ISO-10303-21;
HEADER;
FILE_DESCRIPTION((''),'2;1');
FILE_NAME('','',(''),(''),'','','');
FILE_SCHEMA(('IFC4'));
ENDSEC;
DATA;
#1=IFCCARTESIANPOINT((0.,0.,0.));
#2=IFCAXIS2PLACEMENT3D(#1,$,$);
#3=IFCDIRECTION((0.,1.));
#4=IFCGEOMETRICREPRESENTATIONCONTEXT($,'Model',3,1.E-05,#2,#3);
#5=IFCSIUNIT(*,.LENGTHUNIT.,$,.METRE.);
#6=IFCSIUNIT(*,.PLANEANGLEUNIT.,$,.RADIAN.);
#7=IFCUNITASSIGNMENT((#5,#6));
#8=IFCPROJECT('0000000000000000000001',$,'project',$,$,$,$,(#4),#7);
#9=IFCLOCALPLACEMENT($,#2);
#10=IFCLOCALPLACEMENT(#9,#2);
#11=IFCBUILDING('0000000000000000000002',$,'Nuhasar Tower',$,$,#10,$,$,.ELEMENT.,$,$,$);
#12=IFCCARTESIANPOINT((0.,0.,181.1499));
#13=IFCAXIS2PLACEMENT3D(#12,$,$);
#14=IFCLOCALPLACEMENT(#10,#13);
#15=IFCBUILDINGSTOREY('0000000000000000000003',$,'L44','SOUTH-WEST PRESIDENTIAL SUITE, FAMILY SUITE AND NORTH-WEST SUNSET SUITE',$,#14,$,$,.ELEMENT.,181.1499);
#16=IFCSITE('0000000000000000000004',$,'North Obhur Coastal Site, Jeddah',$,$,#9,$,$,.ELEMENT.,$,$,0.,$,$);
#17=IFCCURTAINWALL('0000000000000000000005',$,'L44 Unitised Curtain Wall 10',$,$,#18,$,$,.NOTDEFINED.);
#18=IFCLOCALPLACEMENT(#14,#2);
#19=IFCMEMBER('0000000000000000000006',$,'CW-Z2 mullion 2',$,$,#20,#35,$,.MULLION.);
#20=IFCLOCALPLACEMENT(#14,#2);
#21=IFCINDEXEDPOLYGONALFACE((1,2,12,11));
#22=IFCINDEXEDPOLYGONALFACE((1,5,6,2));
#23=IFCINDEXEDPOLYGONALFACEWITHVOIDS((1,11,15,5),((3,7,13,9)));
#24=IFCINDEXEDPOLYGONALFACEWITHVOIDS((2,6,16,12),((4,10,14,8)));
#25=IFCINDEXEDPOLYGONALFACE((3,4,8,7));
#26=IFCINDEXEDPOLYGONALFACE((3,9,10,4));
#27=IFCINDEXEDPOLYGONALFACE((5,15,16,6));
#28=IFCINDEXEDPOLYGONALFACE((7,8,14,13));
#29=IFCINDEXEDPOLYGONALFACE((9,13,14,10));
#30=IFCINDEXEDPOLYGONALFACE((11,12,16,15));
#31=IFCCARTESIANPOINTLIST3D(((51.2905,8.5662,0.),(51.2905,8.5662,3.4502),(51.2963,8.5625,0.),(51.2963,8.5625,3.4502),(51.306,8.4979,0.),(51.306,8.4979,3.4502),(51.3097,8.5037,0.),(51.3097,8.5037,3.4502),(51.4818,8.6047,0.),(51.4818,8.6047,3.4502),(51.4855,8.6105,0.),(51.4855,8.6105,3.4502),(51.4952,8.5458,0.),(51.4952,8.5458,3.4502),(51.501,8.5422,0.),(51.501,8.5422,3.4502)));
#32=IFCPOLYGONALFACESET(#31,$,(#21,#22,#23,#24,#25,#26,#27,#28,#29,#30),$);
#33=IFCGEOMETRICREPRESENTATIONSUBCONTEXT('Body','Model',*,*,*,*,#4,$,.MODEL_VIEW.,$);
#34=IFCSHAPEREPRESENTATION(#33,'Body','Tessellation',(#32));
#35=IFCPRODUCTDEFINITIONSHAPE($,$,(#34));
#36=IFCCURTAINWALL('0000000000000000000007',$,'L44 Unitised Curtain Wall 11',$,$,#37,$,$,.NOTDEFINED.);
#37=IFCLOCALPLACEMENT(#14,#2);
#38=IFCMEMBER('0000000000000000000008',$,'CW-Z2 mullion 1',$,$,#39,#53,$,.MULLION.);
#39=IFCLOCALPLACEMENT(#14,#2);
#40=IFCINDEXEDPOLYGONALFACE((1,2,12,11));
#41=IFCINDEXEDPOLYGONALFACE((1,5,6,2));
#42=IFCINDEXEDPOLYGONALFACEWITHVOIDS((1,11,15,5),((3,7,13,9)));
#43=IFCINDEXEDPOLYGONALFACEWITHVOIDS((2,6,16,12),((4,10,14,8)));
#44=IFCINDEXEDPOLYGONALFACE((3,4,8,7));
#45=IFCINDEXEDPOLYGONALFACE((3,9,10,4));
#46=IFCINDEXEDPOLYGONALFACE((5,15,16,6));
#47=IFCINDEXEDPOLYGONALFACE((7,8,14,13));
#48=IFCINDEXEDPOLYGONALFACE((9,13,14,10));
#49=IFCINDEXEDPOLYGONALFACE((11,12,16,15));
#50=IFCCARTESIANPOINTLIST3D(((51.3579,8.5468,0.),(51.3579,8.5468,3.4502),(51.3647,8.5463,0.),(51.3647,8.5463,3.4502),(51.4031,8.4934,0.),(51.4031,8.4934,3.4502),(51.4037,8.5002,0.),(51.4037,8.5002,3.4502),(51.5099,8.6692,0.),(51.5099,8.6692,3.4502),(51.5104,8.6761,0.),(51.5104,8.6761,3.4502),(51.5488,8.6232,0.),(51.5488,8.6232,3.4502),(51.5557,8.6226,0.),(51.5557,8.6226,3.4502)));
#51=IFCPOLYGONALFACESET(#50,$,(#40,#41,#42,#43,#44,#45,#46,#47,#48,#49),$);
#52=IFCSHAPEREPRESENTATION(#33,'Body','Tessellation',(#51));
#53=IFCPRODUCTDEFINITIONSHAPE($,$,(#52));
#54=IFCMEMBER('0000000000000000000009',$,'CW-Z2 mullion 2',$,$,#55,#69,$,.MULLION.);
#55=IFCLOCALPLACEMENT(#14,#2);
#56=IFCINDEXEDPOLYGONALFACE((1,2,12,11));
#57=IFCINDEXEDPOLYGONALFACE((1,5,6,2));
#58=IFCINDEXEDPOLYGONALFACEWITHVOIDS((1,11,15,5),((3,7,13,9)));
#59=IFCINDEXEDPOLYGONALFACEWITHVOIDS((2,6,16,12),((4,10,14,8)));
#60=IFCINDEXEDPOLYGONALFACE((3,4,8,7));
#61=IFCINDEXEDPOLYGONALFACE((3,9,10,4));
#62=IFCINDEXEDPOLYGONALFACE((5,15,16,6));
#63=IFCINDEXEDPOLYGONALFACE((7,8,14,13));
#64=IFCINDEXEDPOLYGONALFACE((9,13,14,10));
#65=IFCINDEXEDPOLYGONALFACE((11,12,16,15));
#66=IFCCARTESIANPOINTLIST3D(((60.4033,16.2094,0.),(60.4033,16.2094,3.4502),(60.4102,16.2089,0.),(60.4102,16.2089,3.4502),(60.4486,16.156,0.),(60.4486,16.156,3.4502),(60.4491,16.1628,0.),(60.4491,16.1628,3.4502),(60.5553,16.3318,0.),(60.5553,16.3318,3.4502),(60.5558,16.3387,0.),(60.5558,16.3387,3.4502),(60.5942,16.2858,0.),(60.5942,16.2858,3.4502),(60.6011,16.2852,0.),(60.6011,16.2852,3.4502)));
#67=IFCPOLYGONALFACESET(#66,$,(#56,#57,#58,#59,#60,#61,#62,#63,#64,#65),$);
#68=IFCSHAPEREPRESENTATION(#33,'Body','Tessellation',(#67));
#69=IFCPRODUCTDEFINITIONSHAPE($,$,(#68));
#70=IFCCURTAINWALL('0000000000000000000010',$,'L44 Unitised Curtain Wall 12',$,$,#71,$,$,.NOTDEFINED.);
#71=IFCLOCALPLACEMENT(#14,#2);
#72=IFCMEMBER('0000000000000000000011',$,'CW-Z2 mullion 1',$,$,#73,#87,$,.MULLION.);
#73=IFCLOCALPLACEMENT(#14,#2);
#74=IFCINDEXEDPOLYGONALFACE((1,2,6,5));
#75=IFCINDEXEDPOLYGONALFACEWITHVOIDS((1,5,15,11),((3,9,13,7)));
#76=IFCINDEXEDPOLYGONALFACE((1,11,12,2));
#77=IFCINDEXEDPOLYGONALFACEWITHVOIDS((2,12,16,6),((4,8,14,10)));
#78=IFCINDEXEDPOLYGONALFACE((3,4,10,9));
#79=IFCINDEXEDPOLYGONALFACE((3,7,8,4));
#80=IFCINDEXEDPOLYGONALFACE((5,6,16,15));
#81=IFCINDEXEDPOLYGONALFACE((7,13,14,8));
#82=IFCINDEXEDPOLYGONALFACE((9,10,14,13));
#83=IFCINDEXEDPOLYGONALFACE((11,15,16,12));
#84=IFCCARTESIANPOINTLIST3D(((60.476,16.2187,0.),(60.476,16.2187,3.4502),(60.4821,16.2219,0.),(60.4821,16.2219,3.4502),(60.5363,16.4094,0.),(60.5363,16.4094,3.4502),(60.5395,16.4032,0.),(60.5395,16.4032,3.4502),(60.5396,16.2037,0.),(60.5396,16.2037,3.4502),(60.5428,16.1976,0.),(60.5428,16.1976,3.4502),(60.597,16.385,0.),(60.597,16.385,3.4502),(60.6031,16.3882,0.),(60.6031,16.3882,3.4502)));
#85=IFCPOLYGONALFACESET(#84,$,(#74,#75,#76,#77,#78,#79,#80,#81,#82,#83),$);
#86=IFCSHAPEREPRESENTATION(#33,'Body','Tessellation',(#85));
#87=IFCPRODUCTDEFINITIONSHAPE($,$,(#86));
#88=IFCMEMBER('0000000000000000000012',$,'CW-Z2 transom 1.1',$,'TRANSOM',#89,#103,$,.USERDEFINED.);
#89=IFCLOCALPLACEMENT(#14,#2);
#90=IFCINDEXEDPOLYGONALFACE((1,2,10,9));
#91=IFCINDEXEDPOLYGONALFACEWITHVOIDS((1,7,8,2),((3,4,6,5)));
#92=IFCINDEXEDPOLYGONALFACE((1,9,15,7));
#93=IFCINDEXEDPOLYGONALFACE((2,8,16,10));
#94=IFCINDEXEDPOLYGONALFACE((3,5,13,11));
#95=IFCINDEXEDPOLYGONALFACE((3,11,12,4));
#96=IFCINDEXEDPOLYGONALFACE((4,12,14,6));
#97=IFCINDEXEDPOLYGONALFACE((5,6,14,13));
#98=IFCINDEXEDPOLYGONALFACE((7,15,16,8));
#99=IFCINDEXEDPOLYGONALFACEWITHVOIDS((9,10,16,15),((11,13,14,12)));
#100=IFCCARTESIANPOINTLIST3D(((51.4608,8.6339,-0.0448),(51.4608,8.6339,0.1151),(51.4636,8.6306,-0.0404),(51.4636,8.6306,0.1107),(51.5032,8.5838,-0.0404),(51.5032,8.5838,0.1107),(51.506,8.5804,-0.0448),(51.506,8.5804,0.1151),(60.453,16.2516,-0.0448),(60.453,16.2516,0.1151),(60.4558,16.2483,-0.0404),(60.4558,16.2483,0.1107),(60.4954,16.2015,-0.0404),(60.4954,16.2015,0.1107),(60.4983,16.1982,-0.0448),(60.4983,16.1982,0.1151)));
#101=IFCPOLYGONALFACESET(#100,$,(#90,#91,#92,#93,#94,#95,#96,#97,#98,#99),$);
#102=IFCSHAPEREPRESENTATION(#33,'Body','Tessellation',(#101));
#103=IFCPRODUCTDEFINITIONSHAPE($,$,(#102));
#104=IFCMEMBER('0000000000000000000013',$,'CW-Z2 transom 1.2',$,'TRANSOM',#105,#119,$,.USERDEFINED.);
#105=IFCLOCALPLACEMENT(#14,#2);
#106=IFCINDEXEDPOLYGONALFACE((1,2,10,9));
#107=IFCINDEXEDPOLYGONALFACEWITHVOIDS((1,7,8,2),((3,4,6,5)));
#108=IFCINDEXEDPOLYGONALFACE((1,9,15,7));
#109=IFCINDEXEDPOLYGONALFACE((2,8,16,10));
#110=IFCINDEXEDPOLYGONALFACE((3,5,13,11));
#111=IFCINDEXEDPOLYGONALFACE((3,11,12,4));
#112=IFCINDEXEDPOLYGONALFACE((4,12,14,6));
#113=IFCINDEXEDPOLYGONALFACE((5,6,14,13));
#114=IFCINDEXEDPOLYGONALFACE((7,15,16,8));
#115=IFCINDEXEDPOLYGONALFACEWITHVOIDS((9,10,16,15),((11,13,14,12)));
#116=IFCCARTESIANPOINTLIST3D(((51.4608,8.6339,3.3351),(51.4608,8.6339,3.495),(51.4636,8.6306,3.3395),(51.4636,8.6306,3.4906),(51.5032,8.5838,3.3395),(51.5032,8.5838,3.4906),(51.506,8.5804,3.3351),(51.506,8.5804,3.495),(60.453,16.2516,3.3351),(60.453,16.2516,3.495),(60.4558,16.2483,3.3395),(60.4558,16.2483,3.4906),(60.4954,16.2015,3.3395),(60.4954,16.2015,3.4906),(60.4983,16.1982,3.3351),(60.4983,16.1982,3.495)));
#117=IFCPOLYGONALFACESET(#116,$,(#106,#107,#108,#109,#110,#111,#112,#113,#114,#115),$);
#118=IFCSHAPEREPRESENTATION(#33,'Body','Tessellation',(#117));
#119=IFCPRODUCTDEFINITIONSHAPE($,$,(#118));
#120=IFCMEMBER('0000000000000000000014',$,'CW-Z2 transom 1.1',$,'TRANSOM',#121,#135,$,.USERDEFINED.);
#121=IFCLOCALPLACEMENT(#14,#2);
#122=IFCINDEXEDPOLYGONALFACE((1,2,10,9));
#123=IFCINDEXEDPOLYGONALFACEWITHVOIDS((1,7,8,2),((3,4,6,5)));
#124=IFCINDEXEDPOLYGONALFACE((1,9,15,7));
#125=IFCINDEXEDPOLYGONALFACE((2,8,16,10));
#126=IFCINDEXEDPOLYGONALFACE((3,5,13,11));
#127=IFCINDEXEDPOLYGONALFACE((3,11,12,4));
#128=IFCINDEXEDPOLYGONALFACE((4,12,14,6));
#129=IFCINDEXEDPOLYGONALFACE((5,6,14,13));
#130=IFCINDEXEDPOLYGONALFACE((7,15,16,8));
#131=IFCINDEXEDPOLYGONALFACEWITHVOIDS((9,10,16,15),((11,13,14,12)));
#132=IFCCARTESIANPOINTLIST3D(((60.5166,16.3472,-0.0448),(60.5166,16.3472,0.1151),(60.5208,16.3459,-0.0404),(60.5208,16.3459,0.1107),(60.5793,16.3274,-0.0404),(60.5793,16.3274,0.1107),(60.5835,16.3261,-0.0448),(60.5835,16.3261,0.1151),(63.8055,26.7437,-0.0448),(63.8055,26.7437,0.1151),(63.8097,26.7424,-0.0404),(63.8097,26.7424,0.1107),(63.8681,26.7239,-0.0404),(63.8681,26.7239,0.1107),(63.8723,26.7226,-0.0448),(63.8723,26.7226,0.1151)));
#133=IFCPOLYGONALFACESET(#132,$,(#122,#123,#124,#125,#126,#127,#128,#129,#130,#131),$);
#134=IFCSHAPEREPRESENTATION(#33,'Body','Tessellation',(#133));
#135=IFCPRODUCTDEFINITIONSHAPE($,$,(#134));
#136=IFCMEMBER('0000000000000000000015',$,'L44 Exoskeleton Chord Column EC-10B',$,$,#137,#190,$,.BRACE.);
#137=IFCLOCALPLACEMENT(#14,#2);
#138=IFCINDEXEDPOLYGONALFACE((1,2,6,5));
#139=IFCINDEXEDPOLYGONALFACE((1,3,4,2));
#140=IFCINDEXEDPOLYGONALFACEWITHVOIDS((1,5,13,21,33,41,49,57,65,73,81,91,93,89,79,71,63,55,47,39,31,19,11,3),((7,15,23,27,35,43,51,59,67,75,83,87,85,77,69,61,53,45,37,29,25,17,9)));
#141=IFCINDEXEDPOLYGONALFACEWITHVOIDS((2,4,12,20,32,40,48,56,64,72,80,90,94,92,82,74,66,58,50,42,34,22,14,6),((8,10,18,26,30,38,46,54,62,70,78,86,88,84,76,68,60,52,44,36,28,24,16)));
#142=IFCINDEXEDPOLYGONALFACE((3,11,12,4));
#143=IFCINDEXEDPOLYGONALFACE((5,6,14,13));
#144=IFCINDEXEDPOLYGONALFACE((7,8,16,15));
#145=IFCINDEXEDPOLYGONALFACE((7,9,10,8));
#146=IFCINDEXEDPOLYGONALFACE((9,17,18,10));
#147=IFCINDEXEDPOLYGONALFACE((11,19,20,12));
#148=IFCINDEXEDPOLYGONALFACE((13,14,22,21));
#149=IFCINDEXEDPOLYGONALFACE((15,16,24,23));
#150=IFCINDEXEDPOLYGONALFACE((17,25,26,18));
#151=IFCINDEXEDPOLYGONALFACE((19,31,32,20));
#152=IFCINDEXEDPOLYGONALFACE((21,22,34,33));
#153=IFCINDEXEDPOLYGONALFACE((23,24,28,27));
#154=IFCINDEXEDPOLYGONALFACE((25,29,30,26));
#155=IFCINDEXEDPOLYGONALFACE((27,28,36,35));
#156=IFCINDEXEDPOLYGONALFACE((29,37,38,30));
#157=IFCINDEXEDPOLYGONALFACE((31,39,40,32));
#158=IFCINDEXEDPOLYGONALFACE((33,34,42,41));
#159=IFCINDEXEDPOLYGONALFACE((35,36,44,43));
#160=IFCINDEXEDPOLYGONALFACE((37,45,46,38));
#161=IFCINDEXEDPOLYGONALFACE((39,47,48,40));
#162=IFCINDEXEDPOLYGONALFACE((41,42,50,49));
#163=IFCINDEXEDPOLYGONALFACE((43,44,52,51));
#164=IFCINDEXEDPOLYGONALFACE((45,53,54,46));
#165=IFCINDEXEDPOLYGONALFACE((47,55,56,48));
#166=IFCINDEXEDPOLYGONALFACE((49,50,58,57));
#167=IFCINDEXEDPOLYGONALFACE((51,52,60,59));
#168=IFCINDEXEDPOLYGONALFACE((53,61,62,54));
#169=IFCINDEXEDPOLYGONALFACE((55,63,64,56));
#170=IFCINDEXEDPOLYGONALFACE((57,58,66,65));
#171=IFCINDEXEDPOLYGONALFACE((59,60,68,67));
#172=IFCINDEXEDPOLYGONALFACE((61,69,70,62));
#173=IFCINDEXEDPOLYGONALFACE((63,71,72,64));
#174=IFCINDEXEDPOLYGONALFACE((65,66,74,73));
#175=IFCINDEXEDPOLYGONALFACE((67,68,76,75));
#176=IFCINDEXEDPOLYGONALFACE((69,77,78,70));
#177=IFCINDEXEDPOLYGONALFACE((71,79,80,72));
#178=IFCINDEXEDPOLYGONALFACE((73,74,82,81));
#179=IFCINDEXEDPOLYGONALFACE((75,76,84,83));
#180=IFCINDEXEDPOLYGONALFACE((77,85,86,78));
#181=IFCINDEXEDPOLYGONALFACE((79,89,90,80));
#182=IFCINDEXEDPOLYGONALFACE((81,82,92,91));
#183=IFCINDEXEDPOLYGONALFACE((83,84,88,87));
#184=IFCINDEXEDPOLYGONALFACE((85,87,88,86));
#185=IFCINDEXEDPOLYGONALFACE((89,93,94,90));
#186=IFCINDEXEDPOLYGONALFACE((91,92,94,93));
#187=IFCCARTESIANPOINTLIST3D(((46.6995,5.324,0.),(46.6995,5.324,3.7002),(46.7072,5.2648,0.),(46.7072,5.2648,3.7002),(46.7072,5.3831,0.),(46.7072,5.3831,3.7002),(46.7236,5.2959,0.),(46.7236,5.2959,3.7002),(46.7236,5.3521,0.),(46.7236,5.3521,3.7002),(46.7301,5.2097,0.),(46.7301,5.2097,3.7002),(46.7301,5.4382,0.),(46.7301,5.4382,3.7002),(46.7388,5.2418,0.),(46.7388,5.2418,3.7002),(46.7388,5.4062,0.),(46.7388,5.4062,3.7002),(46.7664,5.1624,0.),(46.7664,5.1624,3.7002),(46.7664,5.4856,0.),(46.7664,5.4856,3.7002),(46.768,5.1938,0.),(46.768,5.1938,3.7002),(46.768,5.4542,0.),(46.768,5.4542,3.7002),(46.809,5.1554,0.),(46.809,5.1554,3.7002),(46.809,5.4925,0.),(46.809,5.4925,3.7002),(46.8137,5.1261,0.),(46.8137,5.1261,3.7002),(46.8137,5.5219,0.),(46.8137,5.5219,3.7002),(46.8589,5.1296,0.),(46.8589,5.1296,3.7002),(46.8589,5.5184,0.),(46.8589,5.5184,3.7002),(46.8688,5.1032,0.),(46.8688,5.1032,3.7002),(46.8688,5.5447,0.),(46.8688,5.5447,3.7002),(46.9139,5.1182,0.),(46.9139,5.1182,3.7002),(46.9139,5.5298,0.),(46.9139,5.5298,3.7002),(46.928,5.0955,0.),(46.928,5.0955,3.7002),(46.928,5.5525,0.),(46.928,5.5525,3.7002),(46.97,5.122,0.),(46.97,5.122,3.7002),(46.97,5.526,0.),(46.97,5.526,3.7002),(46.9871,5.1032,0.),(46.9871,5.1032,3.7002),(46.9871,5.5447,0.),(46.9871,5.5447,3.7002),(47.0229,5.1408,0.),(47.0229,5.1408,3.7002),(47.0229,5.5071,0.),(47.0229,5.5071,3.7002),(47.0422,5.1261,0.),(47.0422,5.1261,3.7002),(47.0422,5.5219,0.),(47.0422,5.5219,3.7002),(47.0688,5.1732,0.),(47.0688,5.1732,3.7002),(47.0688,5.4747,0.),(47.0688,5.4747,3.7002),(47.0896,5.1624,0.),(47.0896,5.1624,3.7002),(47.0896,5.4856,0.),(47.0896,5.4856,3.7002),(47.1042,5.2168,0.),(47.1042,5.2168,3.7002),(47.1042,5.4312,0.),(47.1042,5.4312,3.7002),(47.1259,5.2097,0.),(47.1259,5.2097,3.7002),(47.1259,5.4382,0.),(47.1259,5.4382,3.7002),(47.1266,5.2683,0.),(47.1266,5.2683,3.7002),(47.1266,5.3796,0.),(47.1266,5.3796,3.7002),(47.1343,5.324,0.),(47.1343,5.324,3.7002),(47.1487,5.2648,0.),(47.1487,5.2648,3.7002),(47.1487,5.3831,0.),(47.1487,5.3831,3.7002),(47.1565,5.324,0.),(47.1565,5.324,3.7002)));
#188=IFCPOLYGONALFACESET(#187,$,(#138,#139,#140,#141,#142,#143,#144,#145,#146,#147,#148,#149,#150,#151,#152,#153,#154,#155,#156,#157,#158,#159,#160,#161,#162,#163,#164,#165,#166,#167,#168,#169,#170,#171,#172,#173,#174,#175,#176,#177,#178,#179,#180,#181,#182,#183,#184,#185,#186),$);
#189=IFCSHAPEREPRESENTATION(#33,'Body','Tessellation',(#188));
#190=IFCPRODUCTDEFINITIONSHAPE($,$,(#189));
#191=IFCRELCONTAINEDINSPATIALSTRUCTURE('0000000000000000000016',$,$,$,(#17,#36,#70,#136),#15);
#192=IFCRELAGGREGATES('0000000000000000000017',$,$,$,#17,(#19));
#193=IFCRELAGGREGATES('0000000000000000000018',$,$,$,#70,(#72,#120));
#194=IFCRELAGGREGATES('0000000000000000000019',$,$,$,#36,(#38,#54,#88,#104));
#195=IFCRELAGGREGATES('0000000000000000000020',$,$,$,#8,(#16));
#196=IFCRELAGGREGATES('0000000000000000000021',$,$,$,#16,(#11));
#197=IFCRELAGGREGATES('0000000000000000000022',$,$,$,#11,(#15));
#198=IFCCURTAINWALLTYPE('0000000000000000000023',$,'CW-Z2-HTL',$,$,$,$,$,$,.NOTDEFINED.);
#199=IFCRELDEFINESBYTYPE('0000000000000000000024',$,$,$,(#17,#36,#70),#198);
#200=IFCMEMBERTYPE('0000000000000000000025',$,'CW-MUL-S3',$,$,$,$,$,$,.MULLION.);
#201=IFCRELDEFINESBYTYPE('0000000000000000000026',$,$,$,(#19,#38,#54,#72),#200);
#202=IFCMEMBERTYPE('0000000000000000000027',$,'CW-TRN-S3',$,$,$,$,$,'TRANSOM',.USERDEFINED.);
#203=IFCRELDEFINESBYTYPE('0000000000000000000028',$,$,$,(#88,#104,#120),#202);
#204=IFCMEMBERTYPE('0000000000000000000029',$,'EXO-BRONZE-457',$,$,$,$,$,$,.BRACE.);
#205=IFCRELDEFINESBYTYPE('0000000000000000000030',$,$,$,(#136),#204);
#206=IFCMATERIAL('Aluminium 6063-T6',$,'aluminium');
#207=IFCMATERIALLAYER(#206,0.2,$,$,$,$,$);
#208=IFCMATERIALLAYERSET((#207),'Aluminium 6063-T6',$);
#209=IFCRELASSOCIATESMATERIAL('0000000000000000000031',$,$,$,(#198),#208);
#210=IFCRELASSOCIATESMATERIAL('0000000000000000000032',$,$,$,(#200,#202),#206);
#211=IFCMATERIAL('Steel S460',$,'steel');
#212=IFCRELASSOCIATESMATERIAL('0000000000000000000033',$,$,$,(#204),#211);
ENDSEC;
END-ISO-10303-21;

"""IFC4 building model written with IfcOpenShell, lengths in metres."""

from ifc_helpers import new_model, si_unit, direction, frame, origin, origin_2d, place, context, subcontext, project, spatial, hollow_rectangle, hollow_circle, extrude, material, layer, layer_set, material_profile, profile_set, type_object, element, aggregate, save


model = new_model("IFC4")

# Units and contexts
model_context = context("Model", 3, precision=1e-05, world=origin(), true_north=direction((0.0, 1.0)))
body_context = subcontext(model_context, "Body", "Model", "MODEL_VIEW")
ifc_project = project(units=[si_unit("LENGTHUNIT", "METRE"), si_unit("PLANEANGLEUNIT", "RADIAN")], contexts=[model_context])

# Site, building, storey
site_placement = place(None, origin())
site = spatial("IfcSite", under=ifc_project, at=site_placement, Name="North Obhur Coastal Site, Jeddah", CompositionType="ELEMENT", RefElevation=0.0)
building_placement = place(site_placement, origin())
building = spatial("IfcBuilding", under=site, at=building_placement, Name="Nuhasar Tower", CompositionType="ELEMENT")
storey_placement = place(building_placement, frame((0.0, 0.0, 181.1499)))
storey = spatial("IfcBuildingStorey", under=building, at=storey_placement, Name="L44", Description="SOUTH-WEST PRESIDENTIAL SUITE, FAMILY SUITE AND NORTH-WEST SUNSET SUITE", CompositionType="ELEMENT", Elevation=181.1499)

# Curtain wall, member
ifc_material_1 = material(Name="Aluminium 6063-T6", Category="aluminium")
ifc_layer_1 = layer(ifc_material_1, 0.2)
ifc_layer_set_1 = layer_set([ifc_layer_1], Name="Aluminium 6063-T6")
curtain_wall_type = type_object("IfcCurtainWallType", Name="CW-Z2-HTL", PredefinedType="NOTDEFINED", material=ifc_layer_set_1)
curtain_wall_1_placement = place(storey_placement, origin())
curtain_wall_1 = element("IfcCurtainWall", 1, at=curtain_wall_1_placement, inside=storey, type_object=curtain_wall_type, Name="L44 Unitised Curtain Wall 10", PredefinedType="NOTDEFINED")
ifc_material_profile_1 = material_profile(ifc_material_1, hollow_rectangle(XDim=0.0701, YDim=0.2, WallThickness=0.0049, at=origin_2d()), Name="CWM-3")
ifc_profile_set_1 = profile_set([ifc_material_profile_1], Name="Aluminium 6063-T6")
member_type_1 = type_object("IfcMemberType", Name="CW-MUL-S3", PredefinedType="MULLION", material=ifc_profile_set_1)
member_1_placement = place(storey_placement, frame((51.3958, 8.5542, 0.0), z_axis=(0.0, 0.0, 1.0), x_axis=(-0.221397, 0.975184, 0.0)))
member_1 = element("IfcMember", 2, at=member_1_placement, type_object=member_type_1, Name="CW-Z2 mullion 2", PredefinedType="MULLION", context=body_context, shape_type="SweptSolid", body=[
    extrude(hollow_rectangle(XDim=0.0701, YDim=0.2, WallThickness=0.0049, at=origin_2d()), origin(), (0.0, 0.0, 1.0), 3.4502),
])
aggregate(curtain_wall_1, [member_1])

# Curtain wall, members
curtain_wall_2_placement = place(storey_placement, origin())
curtain_wall_2 = element("IfcCurtainWall", 3, at=curtain_wall_2_placement, inside=storey, type_object=curtain_wall_type, Name="L44 Unitised Curtain Wall 11", PredefinedType="NOTDEFINED")
member_2_placement = place(storey_placement, frame((51.4568, 8.5847, 0.0), z_axis=(0.0, 0.0, 1.0), x_axis=(-0.646374, 0.76302, 0.0)))
member_2 = element("IfcMember", 4, at=member_2_placement, type_object=member_type_1, Name="CW-Z2 mullion 1", PredefinedType="MULLION", context=body_context, shape_type="SweptSolid", body=[
    extrude(hollow_rectangle(XDim=0.0701, YDim=0.2, WallThickness=0.0049, at=origin_2d()), origin(), (0.0, 0.0, 1.0), 3.4502),
])
member_3_placement = place(storey_placement, frame((60.5022, 16.2473, 0.0), z_axis=(0.0, 0.0, 1.0), x_axis=(-0.646374, 0.76302, 0.0)))
member_3 = element("IfcMember", 5, at=member_3_placement, type_object=member_type_1, Name="CW-Z2 mullion 2", PredefinedType="MULLION", context=body_context, shape_type="SweptSolid", body=[
    extrude(hollow_rectangle(XDim=0.0701, YDim=0.2, WallThickness=0.0049, at=origin_2d()), origin(), (0.0, 0.0, 1.0), 3.4502),
])

# Curtain wall, member
curtain_wall_3_placement = place(storey_placement, origin())
curtain_wall_3 = element("IfcCurtainWall", 6, at=curtain_wall_3_placement, inside=storey, type_object=curtain_wall_type, Name="L44 Unitised Curtain Wall 12", PredefinedType="NOTDEFINED")
member_4_placement = place(storey_placement, frame((60.5396, 16.3035, 0.0), z_axis=(0.0, 0.0, 1.0), x_axis=(-0.953433, 0.301604, 0.0)))
member_4 = element("IfcMember", 7, at=member_4_placement, type_object=member_type_1, Name="CW-Z2 mullion 1", PredefinedType="MULLION", context=body_context, shape_type="SweptSolid", body=[
    extrude(hollow_rectangle(XDim=0.0701, YDim=0.2, WallThickness=0.0049, at=origin_2d()), origin(), (0.0, 0.0, 1.0), 3.4502),
])

# Members
ifc_material_profile_2 = material_profile(ifc_material_1, hollow_rectangle(XDim=0.0701, YDim=0.1599, WallThickness=0.0044, at=origin_2d()), Name="CWT-3")
ifc_profile_set_2 = profile_set([ifc_material_profile_2], Name="Aluminium 6063-T6")
member_type_2 = type_object("IfcMemberType", Name="CW-TRN-S3", ElementType="TRANSOM", PredefinedType="USERDEFINED", material=ifc_profile_set_2)
member_5_placement = place(storey_placement, frame((51.4834, 8.6072, 0.0352), z_axis=(0.763014, 0.646382, 0.0), x_axis=(-0.646382, 0.763014, 0.0)))
member_5 = element("IfcMember", 8, at=member_5_placement, type_object=member_type_2, Name="CW-Z2 transom 1.1", ObjectType="TRANSOM", PredefinedType="USERDEFINED", context=body_context, shape_type="SweptSolid", body=[
    extrude(hollow_rectangle(XDim=0.0701, YDim=0.1599, WallThickness=0.0044, at=origin_2d()), origin(), (0.0, 0.0, 1.0), 11.7852),
])
member_6_placement = place(storey_placement, frame((51.4834, 8.6072, 3.415), z_axis=(0.763014, 0.646382, 0.0), x_axis=(-0.646382, 0.763014, 0.0)))
member_6 = element("IfcMember", 9, at=member_6_placement, type_object=member_type_2, Name="CW-Z2 transom 1.2", ObjectType="TRANSOM", PredefinedType="USERDEFINED", context=body_context, shape_type="SweptSolid", body=[
    extrude(hollow_rectangle(XDim=0.0701, YDim=0.1599, WallThickness=0.0044, at=origin_2d()), origin(), (0.0, 0.0, 1.0), 11.7852),
])
member_7_placement = place(storey_placement, frame((60.55, 16.3367, 0.0352), z_axis=(0.301608, 0.953432, 0.0), x_axis=(-0.953432, 0.301608, 0.0)))
member_7 = element("IfcMember", 10, at=member_7_placement, type_object=member_type_2, Name="CW-Z2 transom 1.1", ObjectType="TRANSOM", PredefinedType="USERDEFINED", context=body_context, shape_type="SweptSolid", body=[
    extrude(hollow_rectangle(XDim=0.0701, YDim=0.1599, WallThickness=0.0044, at=origin_2d()), origin(), (0.0, 0.0, 1.0), 10.9043),
])
aggregate(curtain_wall_3, [member_4, member_7])

# Member
ifc_material_2 = material(Name="Steel S460", Category="steel")
ifc_material_profile_3 = material_profile(ifc_material_2, hollow_circle(Radius=0.2285, WallThickness=0.0222, at=origin_2d()), Name="HSS457X22.2")
ifc_profile_set_3 = profile_set([ifc_material_profile_3], Name="Steel S460")
member_type_3 = type_object("IfcMemberType", Name="EXO-BRONZE-457", PredefinedType="BRACE", material=ifc_profile_set_3)
for number, where, z_axis, x_axis, name in (
    (11, (46.928, 5.324, 0.0), (0.0, 0.0, 1.0), (1.0, 0.0, 0.0), "L44 Exoskeleton Chord Column EC-10B"),
):
    element("IfcMember", number, at=place(storey_placement, frame(where, z_axis=z_axis, x_axis=x_axis)), inside=storey, type_object=member_type_3, Name=name, PredefinedType="BRACE", context=body_context, shape_type="SweptSolid", body=[
        extrude(hollow_circle(Radius=0.2285, WallThickness=0.0222, at=origin_2d()), origin(), (0.0, 0.0, 1.0), 3.7002),
    ])

aggregate(curtain_wall_2, [member_2, member_3, member_5, member_6])

save(model, "model.ifc")
